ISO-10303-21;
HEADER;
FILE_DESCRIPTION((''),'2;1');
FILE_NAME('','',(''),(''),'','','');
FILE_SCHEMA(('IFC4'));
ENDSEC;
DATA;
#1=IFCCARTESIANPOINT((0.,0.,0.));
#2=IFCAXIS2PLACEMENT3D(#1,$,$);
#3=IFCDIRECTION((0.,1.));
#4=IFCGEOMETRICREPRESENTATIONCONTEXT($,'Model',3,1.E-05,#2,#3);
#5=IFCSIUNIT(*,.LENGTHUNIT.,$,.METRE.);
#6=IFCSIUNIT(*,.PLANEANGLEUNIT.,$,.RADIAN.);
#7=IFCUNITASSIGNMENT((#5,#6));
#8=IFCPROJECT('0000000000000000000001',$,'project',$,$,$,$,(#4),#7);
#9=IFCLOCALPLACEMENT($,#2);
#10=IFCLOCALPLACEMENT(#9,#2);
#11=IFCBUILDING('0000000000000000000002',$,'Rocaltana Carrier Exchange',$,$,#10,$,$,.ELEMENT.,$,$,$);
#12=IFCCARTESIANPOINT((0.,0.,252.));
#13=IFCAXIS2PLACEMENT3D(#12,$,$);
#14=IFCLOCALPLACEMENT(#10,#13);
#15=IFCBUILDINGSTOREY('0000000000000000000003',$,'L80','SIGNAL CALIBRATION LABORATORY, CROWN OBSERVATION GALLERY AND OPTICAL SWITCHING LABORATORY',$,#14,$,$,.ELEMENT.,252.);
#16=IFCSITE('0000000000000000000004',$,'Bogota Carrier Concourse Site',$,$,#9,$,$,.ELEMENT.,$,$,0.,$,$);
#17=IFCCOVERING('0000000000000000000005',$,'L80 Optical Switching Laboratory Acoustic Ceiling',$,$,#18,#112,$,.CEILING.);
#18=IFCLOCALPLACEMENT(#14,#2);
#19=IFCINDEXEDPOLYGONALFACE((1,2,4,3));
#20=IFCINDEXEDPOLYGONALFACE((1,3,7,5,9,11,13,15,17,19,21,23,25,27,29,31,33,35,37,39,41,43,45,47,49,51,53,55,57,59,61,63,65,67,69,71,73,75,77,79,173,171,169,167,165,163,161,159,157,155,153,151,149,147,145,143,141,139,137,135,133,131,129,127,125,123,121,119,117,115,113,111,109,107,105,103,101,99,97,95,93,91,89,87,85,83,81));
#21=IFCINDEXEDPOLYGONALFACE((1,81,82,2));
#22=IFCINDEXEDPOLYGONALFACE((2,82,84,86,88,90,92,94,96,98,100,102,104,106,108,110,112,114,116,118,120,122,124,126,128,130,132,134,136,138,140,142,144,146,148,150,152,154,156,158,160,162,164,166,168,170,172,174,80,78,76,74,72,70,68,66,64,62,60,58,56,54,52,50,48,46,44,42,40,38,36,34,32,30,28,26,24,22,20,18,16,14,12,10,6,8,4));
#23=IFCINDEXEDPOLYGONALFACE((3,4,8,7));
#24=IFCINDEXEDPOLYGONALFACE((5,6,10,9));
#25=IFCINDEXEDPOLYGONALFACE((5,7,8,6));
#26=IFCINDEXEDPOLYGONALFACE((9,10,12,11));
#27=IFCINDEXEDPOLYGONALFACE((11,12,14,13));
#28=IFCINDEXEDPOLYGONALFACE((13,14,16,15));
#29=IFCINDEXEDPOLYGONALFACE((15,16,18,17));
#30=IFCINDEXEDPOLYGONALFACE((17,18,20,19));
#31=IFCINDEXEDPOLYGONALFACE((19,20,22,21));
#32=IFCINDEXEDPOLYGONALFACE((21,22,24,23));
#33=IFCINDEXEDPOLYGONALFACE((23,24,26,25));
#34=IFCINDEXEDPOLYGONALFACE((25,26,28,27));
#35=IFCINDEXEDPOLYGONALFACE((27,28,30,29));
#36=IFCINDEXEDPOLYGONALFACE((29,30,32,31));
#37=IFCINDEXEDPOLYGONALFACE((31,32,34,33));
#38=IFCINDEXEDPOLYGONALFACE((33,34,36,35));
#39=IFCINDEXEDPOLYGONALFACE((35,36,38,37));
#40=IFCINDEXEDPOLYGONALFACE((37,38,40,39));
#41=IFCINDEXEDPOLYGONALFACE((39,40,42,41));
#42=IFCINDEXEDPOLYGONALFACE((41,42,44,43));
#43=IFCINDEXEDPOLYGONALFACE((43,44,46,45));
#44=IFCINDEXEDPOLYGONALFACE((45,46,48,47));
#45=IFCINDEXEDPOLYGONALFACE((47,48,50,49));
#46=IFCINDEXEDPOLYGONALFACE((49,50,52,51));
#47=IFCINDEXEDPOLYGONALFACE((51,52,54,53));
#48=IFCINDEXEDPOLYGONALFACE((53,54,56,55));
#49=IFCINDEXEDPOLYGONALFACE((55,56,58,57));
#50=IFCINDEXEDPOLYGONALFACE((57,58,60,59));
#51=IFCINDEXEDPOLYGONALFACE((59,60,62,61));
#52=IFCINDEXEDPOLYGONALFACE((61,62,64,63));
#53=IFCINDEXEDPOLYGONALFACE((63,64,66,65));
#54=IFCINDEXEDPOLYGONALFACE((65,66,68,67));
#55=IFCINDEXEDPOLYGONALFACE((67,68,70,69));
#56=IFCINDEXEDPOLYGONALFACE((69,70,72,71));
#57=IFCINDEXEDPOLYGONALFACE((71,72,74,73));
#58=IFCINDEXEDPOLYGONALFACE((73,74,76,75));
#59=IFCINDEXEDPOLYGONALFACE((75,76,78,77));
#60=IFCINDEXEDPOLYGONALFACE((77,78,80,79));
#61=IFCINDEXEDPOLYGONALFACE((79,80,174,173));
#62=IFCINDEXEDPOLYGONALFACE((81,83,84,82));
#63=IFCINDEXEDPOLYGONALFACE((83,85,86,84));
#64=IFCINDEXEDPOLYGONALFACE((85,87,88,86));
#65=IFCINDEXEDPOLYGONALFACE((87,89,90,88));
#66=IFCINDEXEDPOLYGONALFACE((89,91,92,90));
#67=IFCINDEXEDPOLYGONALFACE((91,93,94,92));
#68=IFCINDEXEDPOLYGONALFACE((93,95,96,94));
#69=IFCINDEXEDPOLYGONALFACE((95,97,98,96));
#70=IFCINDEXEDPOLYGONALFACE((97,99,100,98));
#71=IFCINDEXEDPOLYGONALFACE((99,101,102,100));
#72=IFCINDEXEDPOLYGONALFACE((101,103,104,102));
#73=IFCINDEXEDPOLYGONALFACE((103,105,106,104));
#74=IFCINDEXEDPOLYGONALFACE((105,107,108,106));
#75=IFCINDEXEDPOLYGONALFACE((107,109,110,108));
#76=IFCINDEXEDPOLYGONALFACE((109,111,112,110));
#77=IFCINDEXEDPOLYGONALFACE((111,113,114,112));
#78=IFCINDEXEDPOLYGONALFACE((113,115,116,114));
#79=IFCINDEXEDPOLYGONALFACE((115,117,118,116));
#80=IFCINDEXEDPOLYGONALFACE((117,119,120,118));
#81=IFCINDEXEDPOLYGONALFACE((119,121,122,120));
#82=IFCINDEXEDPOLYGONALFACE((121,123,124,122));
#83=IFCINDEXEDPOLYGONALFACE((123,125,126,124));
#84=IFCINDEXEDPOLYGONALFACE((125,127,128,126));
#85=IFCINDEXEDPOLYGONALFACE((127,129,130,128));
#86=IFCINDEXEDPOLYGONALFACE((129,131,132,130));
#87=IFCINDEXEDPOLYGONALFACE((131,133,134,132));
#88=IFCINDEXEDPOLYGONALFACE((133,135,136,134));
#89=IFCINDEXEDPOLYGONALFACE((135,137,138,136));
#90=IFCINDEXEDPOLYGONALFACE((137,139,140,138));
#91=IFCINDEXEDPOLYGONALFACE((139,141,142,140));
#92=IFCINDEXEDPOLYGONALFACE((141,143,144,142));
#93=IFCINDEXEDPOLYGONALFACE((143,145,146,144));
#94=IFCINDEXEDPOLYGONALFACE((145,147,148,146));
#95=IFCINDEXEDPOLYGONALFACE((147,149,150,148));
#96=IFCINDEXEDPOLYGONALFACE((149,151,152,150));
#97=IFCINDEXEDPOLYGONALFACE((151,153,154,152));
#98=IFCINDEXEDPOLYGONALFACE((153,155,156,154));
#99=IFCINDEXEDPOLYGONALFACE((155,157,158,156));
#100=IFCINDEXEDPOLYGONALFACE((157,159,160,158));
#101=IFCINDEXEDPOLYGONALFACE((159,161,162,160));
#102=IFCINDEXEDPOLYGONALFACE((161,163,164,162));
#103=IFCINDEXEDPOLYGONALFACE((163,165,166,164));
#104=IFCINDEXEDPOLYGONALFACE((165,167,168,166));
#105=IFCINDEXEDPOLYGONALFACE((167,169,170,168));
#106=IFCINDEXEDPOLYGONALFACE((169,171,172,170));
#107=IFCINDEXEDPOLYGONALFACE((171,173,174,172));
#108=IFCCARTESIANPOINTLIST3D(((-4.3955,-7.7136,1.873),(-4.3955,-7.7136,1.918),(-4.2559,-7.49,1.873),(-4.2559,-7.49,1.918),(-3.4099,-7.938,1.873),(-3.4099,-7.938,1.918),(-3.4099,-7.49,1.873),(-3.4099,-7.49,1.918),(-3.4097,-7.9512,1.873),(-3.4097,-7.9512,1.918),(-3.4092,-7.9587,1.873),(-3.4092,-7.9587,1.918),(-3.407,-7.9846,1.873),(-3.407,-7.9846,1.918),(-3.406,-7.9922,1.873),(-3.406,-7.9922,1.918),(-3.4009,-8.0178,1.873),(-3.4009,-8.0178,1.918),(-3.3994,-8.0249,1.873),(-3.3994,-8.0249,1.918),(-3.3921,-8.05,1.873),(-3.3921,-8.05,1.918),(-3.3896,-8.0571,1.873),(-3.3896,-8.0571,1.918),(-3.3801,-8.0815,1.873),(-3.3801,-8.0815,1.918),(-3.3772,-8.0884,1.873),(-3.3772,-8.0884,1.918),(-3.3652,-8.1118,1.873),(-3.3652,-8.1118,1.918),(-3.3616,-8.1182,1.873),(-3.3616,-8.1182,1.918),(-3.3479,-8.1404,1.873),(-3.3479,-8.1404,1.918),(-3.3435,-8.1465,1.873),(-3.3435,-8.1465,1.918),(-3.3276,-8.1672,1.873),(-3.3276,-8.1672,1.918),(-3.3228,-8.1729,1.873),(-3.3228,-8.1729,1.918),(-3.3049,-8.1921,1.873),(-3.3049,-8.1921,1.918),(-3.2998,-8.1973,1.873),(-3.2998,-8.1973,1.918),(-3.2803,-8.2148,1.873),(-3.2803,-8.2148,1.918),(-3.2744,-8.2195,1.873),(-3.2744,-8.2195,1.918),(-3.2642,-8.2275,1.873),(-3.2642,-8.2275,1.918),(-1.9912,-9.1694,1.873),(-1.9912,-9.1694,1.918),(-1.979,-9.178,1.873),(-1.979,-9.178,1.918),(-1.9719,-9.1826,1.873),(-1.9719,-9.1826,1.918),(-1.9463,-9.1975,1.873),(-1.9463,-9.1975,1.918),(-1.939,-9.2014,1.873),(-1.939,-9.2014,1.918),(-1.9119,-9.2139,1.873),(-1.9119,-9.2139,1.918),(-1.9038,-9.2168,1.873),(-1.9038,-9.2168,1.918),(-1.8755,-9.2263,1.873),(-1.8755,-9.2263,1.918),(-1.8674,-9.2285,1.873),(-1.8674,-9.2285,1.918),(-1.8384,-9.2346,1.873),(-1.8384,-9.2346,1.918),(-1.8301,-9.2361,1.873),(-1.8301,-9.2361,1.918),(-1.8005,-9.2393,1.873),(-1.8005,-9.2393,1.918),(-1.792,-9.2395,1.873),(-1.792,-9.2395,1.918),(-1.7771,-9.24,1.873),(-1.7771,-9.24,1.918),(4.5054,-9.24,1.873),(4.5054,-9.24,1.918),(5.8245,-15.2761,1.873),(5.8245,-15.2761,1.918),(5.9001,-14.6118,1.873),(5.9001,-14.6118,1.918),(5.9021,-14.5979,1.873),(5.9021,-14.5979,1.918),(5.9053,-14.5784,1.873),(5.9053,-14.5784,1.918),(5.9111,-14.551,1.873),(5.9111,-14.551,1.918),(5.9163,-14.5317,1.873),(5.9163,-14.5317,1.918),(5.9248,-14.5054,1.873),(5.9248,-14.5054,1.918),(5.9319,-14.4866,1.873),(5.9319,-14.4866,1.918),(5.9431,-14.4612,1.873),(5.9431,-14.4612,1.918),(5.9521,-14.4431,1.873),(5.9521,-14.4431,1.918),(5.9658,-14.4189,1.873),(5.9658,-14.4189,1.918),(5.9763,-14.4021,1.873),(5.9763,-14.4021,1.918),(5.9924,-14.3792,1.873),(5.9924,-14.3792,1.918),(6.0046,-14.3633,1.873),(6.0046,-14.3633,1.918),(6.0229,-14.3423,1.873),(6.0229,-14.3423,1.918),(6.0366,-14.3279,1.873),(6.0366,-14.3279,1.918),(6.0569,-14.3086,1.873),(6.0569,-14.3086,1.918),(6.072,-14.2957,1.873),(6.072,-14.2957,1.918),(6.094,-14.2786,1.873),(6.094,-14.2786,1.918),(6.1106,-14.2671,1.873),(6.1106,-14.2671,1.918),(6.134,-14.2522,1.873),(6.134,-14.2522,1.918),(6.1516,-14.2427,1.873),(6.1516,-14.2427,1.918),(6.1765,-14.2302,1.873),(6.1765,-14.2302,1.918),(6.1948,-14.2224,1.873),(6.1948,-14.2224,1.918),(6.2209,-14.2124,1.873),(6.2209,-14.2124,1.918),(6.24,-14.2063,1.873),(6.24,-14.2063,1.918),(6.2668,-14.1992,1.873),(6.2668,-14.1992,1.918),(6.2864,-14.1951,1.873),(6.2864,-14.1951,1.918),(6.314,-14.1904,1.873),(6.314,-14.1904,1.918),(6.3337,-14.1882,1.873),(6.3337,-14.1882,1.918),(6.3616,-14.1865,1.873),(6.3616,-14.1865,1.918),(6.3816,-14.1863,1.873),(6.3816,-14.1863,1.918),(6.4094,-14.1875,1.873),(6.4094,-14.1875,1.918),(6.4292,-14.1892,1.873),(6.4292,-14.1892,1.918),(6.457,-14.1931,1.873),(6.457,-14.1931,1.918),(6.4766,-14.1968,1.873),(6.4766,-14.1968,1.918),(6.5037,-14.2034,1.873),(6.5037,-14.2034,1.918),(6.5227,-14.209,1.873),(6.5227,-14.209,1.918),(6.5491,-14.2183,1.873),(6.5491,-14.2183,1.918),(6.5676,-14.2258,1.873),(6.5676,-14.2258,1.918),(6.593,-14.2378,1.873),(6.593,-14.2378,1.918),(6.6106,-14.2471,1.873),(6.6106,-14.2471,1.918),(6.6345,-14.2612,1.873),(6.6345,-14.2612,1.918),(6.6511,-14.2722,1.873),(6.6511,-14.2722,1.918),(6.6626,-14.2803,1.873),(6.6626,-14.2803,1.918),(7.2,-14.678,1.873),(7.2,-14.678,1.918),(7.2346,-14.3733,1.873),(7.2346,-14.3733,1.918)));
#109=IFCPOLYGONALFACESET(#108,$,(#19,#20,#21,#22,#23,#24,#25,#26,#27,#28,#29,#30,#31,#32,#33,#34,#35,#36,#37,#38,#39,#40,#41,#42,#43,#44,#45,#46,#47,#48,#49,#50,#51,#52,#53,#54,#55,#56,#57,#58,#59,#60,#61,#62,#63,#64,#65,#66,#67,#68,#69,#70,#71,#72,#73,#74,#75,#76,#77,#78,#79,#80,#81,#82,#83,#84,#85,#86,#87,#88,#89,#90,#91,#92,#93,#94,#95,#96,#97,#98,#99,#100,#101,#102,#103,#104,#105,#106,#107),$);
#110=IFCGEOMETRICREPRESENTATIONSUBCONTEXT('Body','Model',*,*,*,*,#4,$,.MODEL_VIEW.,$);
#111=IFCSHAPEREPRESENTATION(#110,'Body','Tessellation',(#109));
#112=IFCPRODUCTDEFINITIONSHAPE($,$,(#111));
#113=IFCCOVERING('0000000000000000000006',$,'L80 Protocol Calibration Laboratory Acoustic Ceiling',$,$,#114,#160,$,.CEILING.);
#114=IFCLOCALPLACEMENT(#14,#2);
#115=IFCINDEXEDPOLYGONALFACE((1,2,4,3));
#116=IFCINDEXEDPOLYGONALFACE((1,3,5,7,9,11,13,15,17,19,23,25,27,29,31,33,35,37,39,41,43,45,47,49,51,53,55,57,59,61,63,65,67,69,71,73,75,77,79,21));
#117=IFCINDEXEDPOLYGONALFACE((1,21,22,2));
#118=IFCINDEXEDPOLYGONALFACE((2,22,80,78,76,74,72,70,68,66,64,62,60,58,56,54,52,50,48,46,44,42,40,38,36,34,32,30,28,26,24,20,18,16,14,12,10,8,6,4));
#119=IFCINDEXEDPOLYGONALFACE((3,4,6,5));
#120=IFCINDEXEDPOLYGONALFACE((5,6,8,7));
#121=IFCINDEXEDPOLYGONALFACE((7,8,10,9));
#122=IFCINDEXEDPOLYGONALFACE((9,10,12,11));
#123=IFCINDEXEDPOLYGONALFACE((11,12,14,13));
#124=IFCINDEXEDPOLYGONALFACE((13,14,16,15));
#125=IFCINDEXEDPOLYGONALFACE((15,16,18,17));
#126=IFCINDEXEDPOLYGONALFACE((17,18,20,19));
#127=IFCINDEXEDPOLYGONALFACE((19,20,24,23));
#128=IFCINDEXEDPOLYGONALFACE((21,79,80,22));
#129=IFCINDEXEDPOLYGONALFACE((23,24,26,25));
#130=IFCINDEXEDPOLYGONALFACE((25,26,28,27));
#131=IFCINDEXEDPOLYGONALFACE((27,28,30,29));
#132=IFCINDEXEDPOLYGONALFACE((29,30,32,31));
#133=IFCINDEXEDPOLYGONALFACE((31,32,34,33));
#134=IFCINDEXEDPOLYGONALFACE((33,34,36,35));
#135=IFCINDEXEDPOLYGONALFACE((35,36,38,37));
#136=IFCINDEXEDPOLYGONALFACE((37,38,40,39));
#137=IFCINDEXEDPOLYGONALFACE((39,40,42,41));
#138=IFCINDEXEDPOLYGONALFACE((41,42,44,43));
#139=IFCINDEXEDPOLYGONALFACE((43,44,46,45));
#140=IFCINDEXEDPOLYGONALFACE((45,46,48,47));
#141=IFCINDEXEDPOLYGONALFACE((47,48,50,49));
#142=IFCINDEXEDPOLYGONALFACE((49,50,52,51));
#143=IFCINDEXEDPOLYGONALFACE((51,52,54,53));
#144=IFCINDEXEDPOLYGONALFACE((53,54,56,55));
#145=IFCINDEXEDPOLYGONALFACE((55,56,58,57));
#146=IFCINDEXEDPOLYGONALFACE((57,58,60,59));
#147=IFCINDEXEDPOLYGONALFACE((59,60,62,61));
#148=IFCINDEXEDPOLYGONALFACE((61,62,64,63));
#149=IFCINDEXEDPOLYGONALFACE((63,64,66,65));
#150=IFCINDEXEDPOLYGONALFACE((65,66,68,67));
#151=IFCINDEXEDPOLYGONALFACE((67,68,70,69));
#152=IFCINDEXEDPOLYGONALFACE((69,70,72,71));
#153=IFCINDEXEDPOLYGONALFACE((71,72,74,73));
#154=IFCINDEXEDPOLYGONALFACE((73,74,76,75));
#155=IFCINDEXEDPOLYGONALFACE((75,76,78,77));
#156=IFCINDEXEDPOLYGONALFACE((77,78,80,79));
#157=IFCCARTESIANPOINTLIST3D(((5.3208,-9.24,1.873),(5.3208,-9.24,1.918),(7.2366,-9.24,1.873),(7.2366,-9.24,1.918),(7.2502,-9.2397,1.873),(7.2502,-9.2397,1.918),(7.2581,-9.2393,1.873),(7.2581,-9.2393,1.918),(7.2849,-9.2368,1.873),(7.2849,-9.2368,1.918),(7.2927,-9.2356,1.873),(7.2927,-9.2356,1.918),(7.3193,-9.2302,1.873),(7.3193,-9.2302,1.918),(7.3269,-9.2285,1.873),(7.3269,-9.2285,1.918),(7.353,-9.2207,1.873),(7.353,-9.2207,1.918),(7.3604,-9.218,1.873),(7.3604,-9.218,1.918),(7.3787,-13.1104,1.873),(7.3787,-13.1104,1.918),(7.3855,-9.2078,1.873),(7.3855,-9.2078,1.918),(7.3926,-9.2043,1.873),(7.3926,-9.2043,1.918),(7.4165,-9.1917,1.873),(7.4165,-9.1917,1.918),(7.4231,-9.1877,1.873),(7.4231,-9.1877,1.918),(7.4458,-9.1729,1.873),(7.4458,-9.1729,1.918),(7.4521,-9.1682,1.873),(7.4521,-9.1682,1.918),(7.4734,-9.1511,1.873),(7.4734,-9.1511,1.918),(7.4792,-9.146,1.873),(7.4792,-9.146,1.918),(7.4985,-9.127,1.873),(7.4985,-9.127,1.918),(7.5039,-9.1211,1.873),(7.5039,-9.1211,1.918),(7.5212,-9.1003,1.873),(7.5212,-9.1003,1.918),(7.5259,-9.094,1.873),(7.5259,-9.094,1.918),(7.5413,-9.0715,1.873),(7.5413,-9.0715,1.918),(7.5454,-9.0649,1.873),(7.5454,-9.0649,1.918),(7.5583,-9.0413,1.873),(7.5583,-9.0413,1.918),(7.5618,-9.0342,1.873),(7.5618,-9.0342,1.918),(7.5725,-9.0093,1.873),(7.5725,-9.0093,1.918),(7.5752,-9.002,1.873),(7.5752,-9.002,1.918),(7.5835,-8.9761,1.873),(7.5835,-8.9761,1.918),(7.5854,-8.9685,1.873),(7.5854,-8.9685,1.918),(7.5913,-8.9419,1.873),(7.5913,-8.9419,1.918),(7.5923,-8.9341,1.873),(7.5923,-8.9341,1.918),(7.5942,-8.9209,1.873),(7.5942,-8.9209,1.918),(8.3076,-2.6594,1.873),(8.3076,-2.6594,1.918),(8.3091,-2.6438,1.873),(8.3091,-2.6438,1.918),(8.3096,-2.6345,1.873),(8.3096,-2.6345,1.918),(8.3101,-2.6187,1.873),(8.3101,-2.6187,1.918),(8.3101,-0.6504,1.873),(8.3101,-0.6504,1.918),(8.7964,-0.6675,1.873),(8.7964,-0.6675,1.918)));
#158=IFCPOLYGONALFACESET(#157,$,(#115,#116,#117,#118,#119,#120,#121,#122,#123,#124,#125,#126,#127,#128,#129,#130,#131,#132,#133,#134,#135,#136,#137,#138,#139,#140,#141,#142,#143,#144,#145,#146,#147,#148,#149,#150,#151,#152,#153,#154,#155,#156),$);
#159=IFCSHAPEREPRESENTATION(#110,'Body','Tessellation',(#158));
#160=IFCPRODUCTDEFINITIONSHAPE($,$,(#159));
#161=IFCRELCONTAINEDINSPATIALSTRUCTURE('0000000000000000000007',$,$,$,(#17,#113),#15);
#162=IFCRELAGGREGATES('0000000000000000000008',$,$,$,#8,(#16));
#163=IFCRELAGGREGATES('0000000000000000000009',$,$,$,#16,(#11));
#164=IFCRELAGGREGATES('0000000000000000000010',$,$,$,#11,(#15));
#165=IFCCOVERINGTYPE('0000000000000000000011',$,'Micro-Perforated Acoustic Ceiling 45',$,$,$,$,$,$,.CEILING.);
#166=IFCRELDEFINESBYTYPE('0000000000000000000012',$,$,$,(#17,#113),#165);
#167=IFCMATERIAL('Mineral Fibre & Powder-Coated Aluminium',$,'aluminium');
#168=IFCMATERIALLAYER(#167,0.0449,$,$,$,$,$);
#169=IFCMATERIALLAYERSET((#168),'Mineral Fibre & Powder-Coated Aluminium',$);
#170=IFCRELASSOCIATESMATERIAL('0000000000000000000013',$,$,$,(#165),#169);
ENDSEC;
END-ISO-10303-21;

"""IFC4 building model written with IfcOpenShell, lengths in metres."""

from ifc_helpers import new_model, si_unit, direction, frame, origin, place, context, subcontext, project, spatial, polyline, outline, extrude, material, layer, layer_set, type_object, element, save


model = new_model("IFC4")

# Units and contexts
model_context = context("Model", 3, precision=1e-05, world=origin(), true_north=direction((0.0, 1.0)))
body_context = subcontext(model_context, "Body", "Model", "MODEL_VIEW")
ifc_project = project(units=[si_unit("LENGTHUNIT", "METRE"), si_unit("PLANEANGLEUNIT", "RADIAN")], contexts=[model_context])

# Site, building, storey
site_placement = place(None, origin())
site = spatial("IfcSite", under=ifc_project, at=site_placement, Name="Bogota Carrier Concourse Site", CompositionType="ELEMENT", RefElevation=0.0)
building_placement = place(site_placement, origin())
building = spatial("IfcBuilding", under=site, at=building_placement, Name="Rocaltana Carrier Exchange", CompositionType="ELEMENT")
storey_placement = place(building_placement, frame((0.0, 0.0, 252.0)))
storey = spatial("IfcBuildingStorey", under=building, at=storey_placement, Name="L80", Description="SIGNAL CALIBRATION LABORATORY, CROWN OBSERVATION GALLERY AND OPTICAL SWITCHING LABORATORY", CompositionType="ELEMENT", Elevation=252.0)

# Coverings
ifc_material_1 = material(Name="Mineral Fibre & Powder-Coated Aluminium", Category="aluminium")
ifc_layer_1 = layer(ifc_material_1, 0.0449)
ifc_layer_set_1 = layer_set([ifc_layer_1], Name="Mineral Fibre & Powder-Coated Aluminium")
covering_type_1 = type_object("IfcCoveringType", Name="Micro-Perforated Acoustic Ceiling 45", PredefinedType="CEILING", material=ifc_layer_set_1)
covering_1_placement = place(storey_placement, frame((0.0, 0.0, 1.873)))
element("IfcCovering", 1, at=covering_1_placement, inside=storey, type_object=covering_type_1, Name="L80 Optical Switching Laboratory Acoustic Ceiling", PredefinedType="CEILING", context=body_context, shape_type="SweptSolid", body=[
    extrude(outline(polyline([(-3.4099, -7.49), (-3.4099, -7.938), (-3.4097, -7.9512), (-3.4092, -7.9587), (-3.407, -7.9846), (-3.406, -7.9922), (-3.4009, -8.0178), (-3.3994, -8.0249), (-3.3921, -8.05), (-3.3896, -8.0571), (-3.3801, -8.0815), (-3.3772, -8.0884), (-3.3652, -8.1118), (-3.3616, -8.1182), (-3.3479, -8.1404), (-3.3435, -8.1465), (-3.3276, -8.1672), (-3.3228, -8.1729), (-3.3049, -8.1921), (-3.2998, -8.1973), (-3.2803, -8.2148), (-3.2744, -8.2195), (-3.2642, -8.2275), (-1.9912, -9.1694), (-1.979, -9.178), (-1.9719, -9.1826), (-1.9463, -9.1975), (-1.939, -9.2014), (-1.9119, -9.2139), (-1.9038, -9.2168), (-1.8755, -9.2263), (-1.8674, -9.2285), (-1.8384, -9.2346), (-1.8301, -9.2361), (-1.8005, -9.2393), (-1.792, -9.2395), (-1.7771, -9.24), (4.5054, -9.24), (7.2346, -14.3733), (7.2, -14.678), (6.6626, -14.2803), (6.6511, -14.2722), (6.6345, -14.2612), (6.6106, -14.2471), (6.593, -14.2378), (6.5676, -14.2258), (6.5491, -14.2183), (6.5227, -14.209), (6.5037, -14.2034), (6.4766, -14.1968), (6.457, -14.1931), (6.4292, -14.1892), (6.4094, -14.1875), (6.3816, -14.1863), (6.3616, -14.1865), (6.3337, -14.1882), (6.314, -14.1904), (6.2864, -14.1951), (6.2668, -14.1992), (6.24, -14.2063), (6.2209, -14.2124), (6.1948, -14.2224), (6.1765, -14.2302), (6.1516, -14.2427), (6.134, -14.2522), (6.1106, -14.2671), (6.094, -14.2786), (6.072, -14.2957), (6.0569, -14.3086), (6.0366, -14.3279), (6.0229, -14.3423), (6.0046, -14.3633), (5.9924, -14.3792), (5.9763, -14.4021), (5.9658, -14.4189), (5.9521, -14.4431), (5.9431, -14.4612), (5.9319, -14.4866), (5.9248, -14.5054), (5.9163, -14.5317), (5.9111, -14.551), (5.9053, -14.5784), (5.9021, -14.5979), (5.9001, -14.6118), (5.8245, -15.2761), (-4.3955, -7.7136), (-4.2559, -7.49), (-3.4099, -7.49)])), origin(), (0.0, 0.0, 1.0), 0.0449),
])
covering_2_placement = place(storey_placement, frame((0.0, 0.0, 1.873)))
element("IfcCovering", 2, at=covering_2_placement, inside=storey, type_object=covering_type_1, Name="L80 Protocol Calibration Laboratory Acoustic Ceiling", PredefinedType="CEILING", context=body_context, shape_type="SweptSolid", body=[
    extrude(outline(polyline([(7.3787, -13.1104), (5.3208, -9.24), (7.2366, -9.24), (7.2502, -9.2397), (7.2581, -9.2393), (7.2849, -9.2368), (7.2927, -9.2356), (7.3193, -9.2302), (7.3269, -9.2285), (7.353, -9.2207), (7.3604, -9.218), (7.3855, -9.2078), (7.3926, -9.2043), (7.4165, -9.1917), (7.4231, -9.1877), (7.4458, -9.1729), (7.4521, -9.1682), (7.4734, -9.1511), (7.4792, -9.146), (7.4985, -9.127), (7.5039, -9.1211), (7.5212, -9.1003), (7.5259, -9.094), (7.5413, -9.0715), (7.5454, -9.0649), (7.5583, -9.0413), (7.5618, -9.0342), (7.5725, -9.0093), (7.5752, -9.002), (7.5835, -8.9761), (7.5854, -8.9685), (7.5913, -8.9419), (7.5923, -8.9341), (7.5942, -8.9209), (8.3076, -2.6594), (8.3091, -2.6438), (8.3096, -2.6345), (8.3101, -2.6187), (8.3101, -0.6504), (8.7964, -0.6675), (7.3787, -13.1104)])), origin(), (0.0, 0.0, 1.0), 0.0449),
])

save(model, "model.ifc")
